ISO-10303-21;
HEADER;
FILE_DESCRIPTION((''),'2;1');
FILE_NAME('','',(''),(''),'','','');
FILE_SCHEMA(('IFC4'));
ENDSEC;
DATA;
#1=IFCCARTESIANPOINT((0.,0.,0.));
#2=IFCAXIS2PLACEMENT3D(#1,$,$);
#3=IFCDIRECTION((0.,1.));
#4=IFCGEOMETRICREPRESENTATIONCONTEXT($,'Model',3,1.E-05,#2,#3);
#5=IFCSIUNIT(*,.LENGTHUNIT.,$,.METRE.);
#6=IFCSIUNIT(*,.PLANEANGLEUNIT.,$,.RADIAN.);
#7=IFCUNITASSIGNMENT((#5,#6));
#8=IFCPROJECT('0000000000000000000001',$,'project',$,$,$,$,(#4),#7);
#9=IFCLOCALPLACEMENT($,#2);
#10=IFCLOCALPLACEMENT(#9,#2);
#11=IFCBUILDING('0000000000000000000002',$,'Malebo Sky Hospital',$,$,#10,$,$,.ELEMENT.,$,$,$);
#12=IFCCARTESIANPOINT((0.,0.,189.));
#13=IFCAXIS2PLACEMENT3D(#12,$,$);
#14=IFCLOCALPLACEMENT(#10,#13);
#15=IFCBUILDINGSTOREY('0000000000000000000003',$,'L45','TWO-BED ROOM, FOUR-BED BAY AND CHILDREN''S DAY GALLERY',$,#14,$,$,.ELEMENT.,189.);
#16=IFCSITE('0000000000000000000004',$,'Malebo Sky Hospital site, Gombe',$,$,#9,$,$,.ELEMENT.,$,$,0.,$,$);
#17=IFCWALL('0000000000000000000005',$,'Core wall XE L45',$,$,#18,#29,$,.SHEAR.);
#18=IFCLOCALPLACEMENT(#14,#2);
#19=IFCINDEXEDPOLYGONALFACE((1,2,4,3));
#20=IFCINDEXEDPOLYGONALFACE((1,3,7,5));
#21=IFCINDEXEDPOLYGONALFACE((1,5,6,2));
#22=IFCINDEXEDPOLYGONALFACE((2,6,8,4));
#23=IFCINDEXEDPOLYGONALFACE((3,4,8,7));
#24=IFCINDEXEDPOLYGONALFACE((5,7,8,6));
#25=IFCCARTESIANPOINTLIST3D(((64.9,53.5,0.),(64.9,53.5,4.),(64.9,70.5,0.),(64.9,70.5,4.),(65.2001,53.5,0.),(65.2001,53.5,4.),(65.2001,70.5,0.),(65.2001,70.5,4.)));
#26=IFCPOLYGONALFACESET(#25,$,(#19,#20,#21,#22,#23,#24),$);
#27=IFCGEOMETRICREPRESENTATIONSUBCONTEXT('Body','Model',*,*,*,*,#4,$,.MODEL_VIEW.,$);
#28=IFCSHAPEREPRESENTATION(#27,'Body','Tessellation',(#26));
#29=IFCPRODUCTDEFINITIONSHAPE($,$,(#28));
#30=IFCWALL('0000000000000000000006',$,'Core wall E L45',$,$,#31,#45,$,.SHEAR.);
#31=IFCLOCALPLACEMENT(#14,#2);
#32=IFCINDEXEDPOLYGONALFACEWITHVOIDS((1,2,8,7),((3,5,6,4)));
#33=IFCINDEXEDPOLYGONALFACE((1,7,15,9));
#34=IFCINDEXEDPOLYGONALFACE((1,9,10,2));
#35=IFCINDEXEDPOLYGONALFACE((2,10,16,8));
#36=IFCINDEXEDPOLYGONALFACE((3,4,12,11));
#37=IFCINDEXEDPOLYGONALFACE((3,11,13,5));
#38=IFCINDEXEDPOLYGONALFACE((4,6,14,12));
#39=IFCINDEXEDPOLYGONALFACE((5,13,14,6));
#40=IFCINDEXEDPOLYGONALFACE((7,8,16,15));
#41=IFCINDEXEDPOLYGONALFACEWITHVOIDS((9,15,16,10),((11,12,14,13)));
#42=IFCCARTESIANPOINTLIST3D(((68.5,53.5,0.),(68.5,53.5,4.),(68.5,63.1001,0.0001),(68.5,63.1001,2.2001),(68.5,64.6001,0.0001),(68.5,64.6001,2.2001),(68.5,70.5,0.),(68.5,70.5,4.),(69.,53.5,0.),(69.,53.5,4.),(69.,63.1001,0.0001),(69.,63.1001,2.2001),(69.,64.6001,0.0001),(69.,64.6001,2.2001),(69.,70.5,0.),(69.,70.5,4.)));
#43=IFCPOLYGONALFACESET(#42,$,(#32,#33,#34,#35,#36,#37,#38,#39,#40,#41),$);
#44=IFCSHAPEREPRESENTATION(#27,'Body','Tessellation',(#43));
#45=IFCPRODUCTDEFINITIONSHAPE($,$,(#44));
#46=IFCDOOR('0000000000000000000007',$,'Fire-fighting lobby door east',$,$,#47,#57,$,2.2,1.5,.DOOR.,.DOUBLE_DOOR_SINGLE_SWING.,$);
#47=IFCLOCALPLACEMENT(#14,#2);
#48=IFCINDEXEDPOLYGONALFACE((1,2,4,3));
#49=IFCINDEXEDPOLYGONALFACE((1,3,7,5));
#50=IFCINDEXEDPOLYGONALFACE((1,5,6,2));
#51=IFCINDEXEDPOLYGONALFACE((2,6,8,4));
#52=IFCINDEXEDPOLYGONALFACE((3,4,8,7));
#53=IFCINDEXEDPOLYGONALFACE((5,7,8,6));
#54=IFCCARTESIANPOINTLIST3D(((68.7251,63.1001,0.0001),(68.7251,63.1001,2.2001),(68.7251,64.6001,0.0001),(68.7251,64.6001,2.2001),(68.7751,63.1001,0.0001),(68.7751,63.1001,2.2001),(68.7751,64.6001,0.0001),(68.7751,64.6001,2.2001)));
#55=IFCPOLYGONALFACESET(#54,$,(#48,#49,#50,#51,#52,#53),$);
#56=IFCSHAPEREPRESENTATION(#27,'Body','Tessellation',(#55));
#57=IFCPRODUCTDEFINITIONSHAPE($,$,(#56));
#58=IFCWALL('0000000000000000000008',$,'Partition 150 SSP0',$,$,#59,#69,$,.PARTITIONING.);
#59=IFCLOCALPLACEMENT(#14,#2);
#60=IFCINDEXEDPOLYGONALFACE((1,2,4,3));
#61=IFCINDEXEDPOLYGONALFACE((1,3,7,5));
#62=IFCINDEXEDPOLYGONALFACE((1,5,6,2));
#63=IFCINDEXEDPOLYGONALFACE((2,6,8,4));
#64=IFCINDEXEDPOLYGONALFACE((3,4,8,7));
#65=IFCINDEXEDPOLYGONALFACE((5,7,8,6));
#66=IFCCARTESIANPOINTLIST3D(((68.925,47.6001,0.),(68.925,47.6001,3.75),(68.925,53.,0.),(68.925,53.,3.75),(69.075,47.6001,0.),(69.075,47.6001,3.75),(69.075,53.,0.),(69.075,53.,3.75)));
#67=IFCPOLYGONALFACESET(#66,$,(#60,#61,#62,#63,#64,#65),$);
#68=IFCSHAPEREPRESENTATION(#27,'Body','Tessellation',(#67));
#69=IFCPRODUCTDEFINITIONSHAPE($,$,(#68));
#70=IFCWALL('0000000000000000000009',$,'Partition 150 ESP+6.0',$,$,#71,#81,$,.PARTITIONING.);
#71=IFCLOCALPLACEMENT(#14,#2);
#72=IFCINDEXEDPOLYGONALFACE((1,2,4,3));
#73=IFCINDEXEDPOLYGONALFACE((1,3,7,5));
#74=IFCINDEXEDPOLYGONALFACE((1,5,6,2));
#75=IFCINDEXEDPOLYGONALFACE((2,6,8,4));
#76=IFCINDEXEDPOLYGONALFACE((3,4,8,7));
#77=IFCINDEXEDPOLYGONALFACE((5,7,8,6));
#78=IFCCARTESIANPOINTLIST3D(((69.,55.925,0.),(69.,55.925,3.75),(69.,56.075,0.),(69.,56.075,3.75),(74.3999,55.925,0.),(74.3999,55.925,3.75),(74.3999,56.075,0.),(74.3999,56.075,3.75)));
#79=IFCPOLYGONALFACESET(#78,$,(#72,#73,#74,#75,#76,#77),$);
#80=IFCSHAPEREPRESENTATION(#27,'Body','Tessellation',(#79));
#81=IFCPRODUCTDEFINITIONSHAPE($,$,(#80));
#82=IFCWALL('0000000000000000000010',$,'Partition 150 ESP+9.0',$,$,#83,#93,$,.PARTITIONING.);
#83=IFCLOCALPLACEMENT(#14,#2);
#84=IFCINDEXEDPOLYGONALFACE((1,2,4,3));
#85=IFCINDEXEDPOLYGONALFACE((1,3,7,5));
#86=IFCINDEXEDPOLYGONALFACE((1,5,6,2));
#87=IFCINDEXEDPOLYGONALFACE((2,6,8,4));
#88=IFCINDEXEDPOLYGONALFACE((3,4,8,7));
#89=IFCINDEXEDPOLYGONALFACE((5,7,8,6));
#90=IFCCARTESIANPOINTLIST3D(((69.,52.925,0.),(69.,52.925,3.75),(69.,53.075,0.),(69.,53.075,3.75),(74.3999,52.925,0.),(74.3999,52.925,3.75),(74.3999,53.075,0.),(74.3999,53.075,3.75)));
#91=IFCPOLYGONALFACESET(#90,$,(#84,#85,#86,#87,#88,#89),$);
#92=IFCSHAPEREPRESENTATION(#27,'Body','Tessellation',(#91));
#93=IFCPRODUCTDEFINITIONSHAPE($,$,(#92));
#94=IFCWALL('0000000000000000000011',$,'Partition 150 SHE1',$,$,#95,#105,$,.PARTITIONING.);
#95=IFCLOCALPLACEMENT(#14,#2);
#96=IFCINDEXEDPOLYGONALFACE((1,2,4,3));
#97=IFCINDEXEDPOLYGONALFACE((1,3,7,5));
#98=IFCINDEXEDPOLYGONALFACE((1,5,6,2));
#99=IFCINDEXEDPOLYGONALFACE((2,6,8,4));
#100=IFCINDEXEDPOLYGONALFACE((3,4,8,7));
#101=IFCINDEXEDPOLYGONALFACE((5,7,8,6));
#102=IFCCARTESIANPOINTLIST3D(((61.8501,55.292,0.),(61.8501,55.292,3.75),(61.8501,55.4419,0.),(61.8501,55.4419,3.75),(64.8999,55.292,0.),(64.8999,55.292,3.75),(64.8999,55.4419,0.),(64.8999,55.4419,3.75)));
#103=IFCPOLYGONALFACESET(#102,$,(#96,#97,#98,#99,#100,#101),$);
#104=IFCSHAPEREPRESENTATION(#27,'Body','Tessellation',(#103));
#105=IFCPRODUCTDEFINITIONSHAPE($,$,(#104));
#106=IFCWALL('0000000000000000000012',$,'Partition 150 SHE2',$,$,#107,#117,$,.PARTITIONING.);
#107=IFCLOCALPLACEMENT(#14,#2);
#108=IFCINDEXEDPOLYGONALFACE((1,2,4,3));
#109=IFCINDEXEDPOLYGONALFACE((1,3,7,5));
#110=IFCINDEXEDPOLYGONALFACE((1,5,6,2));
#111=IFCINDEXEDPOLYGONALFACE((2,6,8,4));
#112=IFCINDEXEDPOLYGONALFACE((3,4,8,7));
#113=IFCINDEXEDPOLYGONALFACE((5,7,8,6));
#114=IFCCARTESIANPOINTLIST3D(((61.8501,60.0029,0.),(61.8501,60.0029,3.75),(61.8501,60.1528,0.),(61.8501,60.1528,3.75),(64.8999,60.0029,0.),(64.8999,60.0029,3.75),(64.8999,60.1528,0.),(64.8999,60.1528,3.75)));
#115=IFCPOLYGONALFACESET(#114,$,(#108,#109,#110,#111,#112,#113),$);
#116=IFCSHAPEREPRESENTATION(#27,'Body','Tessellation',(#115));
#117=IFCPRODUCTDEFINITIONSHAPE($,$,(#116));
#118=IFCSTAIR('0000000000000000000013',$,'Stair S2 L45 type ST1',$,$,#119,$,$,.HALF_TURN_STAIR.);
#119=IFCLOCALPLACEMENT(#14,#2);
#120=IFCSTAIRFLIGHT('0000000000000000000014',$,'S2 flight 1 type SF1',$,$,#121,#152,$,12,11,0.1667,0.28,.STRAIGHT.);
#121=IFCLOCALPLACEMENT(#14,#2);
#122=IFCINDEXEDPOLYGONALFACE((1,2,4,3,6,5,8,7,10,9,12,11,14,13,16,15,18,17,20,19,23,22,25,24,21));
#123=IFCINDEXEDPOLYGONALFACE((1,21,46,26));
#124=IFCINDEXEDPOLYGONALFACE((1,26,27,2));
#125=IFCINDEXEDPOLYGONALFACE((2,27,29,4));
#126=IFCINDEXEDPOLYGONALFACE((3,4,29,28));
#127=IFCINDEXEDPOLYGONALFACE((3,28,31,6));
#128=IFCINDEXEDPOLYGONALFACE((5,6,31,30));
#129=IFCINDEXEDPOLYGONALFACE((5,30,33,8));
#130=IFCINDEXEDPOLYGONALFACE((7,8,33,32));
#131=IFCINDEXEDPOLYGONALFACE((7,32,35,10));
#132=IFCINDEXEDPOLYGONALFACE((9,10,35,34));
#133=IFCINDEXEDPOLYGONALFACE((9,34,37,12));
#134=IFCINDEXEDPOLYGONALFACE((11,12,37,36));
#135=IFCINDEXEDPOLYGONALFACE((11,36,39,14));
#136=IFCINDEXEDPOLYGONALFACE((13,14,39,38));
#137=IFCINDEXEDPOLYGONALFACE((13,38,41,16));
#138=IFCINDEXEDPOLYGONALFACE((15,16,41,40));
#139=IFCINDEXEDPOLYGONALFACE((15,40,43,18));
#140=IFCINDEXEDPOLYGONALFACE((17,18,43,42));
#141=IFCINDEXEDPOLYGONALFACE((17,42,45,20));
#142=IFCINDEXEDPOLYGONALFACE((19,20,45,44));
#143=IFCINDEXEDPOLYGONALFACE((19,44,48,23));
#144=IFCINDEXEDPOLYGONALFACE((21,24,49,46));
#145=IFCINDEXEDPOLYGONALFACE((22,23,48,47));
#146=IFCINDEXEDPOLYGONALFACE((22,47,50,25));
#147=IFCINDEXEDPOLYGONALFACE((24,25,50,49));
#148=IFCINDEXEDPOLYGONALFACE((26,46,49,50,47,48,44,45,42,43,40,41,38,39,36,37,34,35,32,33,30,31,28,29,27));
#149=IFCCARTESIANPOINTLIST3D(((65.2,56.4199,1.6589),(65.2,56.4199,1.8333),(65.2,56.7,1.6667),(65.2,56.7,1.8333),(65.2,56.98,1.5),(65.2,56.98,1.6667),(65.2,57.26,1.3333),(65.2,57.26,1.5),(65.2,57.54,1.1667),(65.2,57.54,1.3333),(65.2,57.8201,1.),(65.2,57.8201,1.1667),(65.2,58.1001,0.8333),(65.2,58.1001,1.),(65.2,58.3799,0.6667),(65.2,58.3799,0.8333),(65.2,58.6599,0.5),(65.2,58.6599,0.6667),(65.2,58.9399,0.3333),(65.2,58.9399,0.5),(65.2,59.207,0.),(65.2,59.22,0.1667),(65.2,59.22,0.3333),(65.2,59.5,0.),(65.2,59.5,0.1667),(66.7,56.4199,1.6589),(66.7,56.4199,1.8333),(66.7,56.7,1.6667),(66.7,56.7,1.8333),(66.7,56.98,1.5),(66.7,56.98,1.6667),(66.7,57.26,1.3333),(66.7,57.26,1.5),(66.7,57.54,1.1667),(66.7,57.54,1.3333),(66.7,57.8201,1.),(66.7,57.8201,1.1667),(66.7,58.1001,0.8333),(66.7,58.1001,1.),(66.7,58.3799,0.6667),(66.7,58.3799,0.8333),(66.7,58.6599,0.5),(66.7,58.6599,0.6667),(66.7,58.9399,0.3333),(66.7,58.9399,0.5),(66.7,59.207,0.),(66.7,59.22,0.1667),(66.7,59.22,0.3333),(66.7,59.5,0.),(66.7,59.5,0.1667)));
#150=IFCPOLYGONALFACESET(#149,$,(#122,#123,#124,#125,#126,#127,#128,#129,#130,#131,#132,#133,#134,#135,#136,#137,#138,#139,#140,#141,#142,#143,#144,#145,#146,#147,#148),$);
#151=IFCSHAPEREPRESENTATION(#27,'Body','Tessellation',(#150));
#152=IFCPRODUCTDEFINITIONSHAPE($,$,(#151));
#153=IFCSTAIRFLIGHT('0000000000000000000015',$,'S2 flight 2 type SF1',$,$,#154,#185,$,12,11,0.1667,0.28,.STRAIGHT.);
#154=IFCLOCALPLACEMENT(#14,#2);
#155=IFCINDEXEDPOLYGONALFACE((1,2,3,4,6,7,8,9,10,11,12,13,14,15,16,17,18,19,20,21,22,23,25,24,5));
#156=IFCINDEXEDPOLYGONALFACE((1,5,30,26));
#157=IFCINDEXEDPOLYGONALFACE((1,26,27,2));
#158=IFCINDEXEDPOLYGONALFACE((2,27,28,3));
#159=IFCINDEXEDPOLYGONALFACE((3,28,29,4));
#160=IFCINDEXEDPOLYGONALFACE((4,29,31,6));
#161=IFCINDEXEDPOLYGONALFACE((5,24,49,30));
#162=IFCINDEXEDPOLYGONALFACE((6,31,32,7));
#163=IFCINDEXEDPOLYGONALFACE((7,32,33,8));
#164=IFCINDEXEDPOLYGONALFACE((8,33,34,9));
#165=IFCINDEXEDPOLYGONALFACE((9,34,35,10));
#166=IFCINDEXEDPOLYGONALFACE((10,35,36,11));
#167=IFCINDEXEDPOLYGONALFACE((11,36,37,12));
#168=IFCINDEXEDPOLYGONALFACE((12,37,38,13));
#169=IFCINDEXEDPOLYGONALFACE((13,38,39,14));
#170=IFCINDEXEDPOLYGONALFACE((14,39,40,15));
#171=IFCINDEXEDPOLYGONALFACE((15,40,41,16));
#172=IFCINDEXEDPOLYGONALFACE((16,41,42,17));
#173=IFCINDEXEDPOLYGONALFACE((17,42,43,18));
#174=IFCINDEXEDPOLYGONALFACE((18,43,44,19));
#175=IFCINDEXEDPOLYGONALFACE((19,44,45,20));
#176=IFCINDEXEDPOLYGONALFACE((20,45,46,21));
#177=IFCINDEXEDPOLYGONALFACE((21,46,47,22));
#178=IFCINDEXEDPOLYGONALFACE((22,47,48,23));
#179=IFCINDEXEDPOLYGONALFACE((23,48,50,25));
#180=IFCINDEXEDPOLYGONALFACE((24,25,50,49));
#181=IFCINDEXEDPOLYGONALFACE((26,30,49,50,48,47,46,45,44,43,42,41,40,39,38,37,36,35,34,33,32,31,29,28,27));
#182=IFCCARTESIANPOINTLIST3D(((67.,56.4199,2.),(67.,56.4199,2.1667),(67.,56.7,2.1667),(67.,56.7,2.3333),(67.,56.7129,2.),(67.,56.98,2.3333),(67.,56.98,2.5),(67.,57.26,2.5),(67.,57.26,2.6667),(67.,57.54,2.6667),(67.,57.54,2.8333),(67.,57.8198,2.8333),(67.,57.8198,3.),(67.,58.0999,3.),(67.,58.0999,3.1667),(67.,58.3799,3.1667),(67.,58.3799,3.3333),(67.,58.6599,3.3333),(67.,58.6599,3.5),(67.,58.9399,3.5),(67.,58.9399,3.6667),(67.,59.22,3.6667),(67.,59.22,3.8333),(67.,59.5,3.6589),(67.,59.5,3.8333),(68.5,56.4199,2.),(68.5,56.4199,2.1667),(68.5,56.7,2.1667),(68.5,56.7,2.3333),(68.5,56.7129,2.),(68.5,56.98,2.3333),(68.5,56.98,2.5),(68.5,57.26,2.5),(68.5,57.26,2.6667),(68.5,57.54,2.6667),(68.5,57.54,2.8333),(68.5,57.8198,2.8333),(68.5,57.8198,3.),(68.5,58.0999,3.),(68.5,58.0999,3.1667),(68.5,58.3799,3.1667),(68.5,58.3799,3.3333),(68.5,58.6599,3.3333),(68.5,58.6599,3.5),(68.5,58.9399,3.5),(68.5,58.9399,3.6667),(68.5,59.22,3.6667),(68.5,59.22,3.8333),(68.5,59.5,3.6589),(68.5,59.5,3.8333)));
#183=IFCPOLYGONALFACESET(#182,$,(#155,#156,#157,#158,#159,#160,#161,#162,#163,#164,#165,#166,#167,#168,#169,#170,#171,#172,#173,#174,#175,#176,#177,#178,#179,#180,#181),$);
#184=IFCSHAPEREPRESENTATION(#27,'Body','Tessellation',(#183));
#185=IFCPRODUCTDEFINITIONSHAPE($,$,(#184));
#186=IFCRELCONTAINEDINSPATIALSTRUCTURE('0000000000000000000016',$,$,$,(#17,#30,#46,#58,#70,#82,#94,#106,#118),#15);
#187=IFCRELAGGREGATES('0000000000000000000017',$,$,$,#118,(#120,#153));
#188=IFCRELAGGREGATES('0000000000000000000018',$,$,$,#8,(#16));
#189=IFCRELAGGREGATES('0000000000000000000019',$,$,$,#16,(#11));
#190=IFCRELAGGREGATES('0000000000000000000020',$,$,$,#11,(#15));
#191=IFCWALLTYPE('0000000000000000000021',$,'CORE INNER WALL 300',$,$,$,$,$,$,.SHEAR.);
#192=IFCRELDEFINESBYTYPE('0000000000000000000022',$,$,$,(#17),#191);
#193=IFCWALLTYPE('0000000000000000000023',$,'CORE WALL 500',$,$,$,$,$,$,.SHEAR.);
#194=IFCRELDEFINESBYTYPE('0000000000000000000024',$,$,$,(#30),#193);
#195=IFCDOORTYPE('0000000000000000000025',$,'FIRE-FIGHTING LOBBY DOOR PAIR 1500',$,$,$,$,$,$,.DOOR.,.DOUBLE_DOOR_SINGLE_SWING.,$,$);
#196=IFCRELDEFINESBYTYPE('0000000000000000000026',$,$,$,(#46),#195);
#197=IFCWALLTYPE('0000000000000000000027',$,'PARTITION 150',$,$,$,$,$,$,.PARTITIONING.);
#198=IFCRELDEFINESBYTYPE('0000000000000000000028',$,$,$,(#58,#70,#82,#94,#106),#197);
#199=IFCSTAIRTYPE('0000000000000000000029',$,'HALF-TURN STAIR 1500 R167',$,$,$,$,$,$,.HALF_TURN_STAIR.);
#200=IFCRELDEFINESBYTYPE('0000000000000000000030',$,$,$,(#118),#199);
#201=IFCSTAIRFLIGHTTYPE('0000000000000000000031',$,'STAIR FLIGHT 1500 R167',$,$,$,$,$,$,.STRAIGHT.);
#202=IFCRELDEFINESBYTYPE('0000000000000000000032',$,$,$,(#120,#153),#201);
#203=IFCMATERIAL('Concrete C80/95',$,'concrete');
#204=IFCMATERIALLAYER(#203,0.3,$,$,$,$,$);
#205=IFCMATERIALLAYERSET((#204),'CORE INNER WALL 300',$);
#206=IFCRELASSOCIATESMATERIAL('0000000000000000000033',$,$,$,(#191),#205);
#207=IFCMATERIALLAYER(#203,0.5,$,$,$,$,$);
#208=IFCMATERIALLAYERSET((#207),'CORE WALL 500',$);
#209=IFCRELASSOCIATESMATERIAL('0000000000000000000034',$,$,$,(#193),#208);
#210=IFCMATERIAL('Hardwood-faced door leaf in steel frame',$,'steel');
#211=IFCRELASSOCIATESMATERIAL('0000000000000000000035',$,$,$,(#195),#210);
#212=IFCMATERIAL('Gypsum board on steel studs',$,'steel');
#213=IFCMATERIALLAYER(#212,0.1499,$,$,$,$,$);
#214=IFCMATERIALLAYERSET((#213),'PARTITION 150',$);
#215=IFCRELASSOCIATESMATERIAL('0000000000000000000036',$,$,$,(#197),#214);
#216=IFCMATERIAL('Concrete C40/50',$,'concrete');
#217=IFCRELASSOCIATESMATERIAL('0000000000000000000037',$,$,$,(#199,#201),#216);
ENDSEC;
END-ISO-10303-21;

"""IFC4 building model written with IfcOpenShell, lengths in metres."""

from ifc_helpers import new_model, si_unit, direction, frame, frame_2d, origin, place, context, subcontext, project, spatial, polyline, rectangle, outline, extrude, material, layer, layer_set, type_object, element, fill, aggregate, save


model = new_model("IFC4")

# Units and contexts
model_context = context("Model", 3, precision=1e-05, world=origin(), true_north=direction((0.0, 1.0)))
body_context = subcontext(model_context, "Body", "Model", "MODEL_VIEW")
ifc_project = project(units=[si_unit("LENGTHUNIT", "METRE"), si_unit("PLANEANGLEUNIT", "RADIAN")], contexts=[model_context])

# Site, building, storey
site_placement = place(None, origin())
site = spatial("IfcSite", under=ifc_project, at=site_placement, Name="Malebo Sky Hospital site, Gombe", CompositionType="ELEMENT", RefElevation=0.0)
building_placement = place(site_placement, origin())
building = spatial("IfcBuilding", under=site, at=building_placement, Name="Malebo Sky Hospital", CompositionType="ELEMENT")
storey_placement = place(building_placement, frame((0.0, 0.0, 189.0)))
storey = spatial("IfcBuildingStorey", under=building, at=storey_placement, Name="L45", Description="TWO-BED ROOM, FOUR-BED BAY AND CHILDREN'S DAY GALLERY", CompositionType="ELEMENT", Elevation=189.0)

# Shared definitions
ifc_material_1 = material(Name="Concrete C80/95", Category="concrete")
ifc_material_2 = material(Name="Hardwood-faced door leaf in steel frame", Category="steel")

# Wall
ifc_layer_1 = layer(ifc_material_1, 0.3)
ifc_layer_set_1 = layer_set([ifc_layer_1], Name="CORE INNER WALL 300")
wall_type_1 = type_object("IfcWallType", Name="CORE INNER WALL 300", PredefinedType="SHEAR", material=ifc_layer_set_1)
wall_1_placement = place(storey_placement, frame((65.05, 53.5, 0.0), z_axis=(0.0, 0.0, 1.0), x_axis=(0.0, 1.0, 0.0)))
element("IfcWall", 1, at=wall_1_placement, inside=storey, type_object=wall_type_1, Name="Core wall XE L45", PredefinedType="SHEAR", context=body_context, shape_type="SweptSolid", body=[
    extrude(rectangle(XDim=17.0, YDim=0.3, at=frame_2d((8.5, 0.0))), origin(), (0.0, 0.0, 1.0), 4.0),
])

# Wall, opening, door
ifc_layer_2 = layer(ifc_material_1, 0.5)
ifc_layer_set_2 = layer_set([ifc_layer_2], Name="CORE WALL 500")
wall_type_2 = type_object("IfcWallType", Name="CORE WALL 500", PredefinedType="SHEAR", material=ifc_layer_set_2)
wall_2_placement = place(storey_placement, frame((68.75, 53.5, 0.0), z_axis=(0.0, 0.0, 1.0), x_axis=(0.0, 1.0, 0.0)))
wall_2 = element("IfcWall", 2, at=wall_2_placement, inside=storey, type_object=wall_type_2, Name="Core wall E L45", PredefinedType="SHEAR", context=body_context, shape_type="SweptSolid", body=[
    extrude(rectangle(XDim=17.0, YDim=0.5, at=frame_2d((8.5, 0.0))), origin(), (0.0, 0.0, 1.0), 4.0),
])
opening_1_placement = place(wall_2_placement, frame((9.6001, 0.0, 0.0)))
opening_1 = element("IfcOpeningElement", 3, at=opening_1_placement, cuts=wall_2, PredefinedType="OPENING", context=body_context, shape_type="SweptSolid", body=[
    extrude(rectangle(XDim=1.5, YDim=2.2, at=frame_2d((0.75, 1.1001))), frame((0.0, 0.26, 0.0), z_axis=(0.0, -1.0, 0.0), x_axis=(1.0, 0.0, 0.0)), (0.0, 0.0, 1.0), 0.52),
])
door_type_1 = type_object("IfcDoorType", Name="FIRE-FIGHTING LOBBY DOOR PAIR 1500", OperationType="DOUBLE_DOOR_SINGLE_SWING", PredefinedType="DOOR", material=ifc_material_2)
door_1_placement = place(opening_1_placement, origin())
door_1 = element("IfcDoor", 4, at=door_1_placement, inside=storey, type_object=door_type_1, Name="Fire-fighting lobby door east", OperationType="DOUBLE_DOOR_SINGLE_SWING", OverallHeight=2.2, OverallWidth=1.5, PredefinedType="DOOR", context=body_context, shape_type="SweptSolid", body=[
    extrude(rectangle(XDim=1.5, YDim=2.2, at=frame_2d((0.75, 1.1001))), frame((0.0, 0.0249, 0.0), z_axis=(0.0, -1.0, 0.0), x_axis=(1.0, 0.0, 0.0)), (0.0, 0.0, 1.0), 0.05),
])
fill(opening_1, door_1)

# Walls
ifc_material_3 = material(Name="Gypsum board on steel studs", Category="steel")
ifc_layer_3 = layer(ifc_material_3, 0.1499)
ifc_layer_set_3 = layer_set([ifc_layer_3], Name="PARTITION 150")
wall_type_3 = type_object("IfcWallType", Name="PARTITION 150", PredefinedType="PARTITIONING", material=ifc_layer_set_3)
for number, where, z_axis, x_axis, name in (
    (5, (69.0, 53.0, 0.0), (0.0, 0.0, 1.0), (0.0, -1.0, 0.0), "Partition 150 SSP0"),
    (6, (69.0, 56.0, 0.0), (0.0, 0.0, 1.0), (1.0, 0.0, 0.0), "Partition 150 ESP+6.0"),
    (7, (69.0, 53.0, 0.0), (0.0, 0.0, 1.0), (1.0, 0.0, 0.0), "Partition 150 ESP+9.0"),
):
    element("IfcWall", number, at=place(storey_placement, frame(where, z_axis=z_axis, x_axis=x_axis)), inside=storey, type_object=wall_type_3, Name=name, PredefinedType="PARTITIONING", context=body_context, shape_type="SweptSolid", body=[
        extrude(rectangle(XDim=5.3999, YDim=0.1499, at=frame_2d((2.7, 0.0))), origin(), (0.0, 0.0, 1.0), 3.75),
    ])
for number, where, z_axis, x_axis, name in (
    (8, (61.8501, 55.3669, 0.0), (0.0, 0.0, 1.0), (1.0, 0.0, 0.0), "Partition 150 SHE1"),
    (9, (61.8501, 60.0779, 0.0), (0.0, 0.0, 1.0), (1.0, 0.0, 0.0), "Partition 150 SHE2"),
):
    element("IfcWall", number, at=place(storey_placement, frame(where, z_axis=z_axis, x_axis=x_axis)), inside=storey, type_object=wall_type_3, Name=name, PredefinedType="PARTITIONING", context=body_context, shape_type="SweptSolid", body=[
        extrude(rectangle(XDim=3.0498, YDim=0.1499, at=frame_2d((1.5249, 0.0))), origin(), (0.0, 0.0, 1.0), 3.75),
    ])

# Stair, stair flights
ifc_material_4 = material(Name="Concrete C40/50", Category="concrete")
stair_type = type_object("IfcStairType", Name="HALF-TURN STAIR 1500 R167", PredefinedType="HALF_TURN_STAIR", material=ifc_material_4)
stair_placement = place(storey_placement, origin())
stair = element("IfcStair", 10, at=stair_placement, inside=storey, type_object=stair_type, Name="Stair S2 L45 type ST1", PredefinedType="HALF_TURN_STAIR")
stair_flight_type = type_object("IfcStairFlightType", Name="STAIR FLIGHT 1500 R167", PredefinedType="STRAIGHT", material=ifc_material_4)
stair_flight_1_placement = place(storey_placement, frame((65.95, 59.5, 0.0), z_axis=(0.0, 0.0, 1.0), x_axis=(0.0, -1.0, 0.0)))
stair_flight_1 = element("IfcStairFlight", 11, at=stair_flight_1_placement, type_object=stair_flight_type, Name="S2 flight 1 type SF1", NumberOfRisers=12, NumberOfTreads=11, PredefinedType="STRAIGHT", RiserHeight=0.1667, TreadLength=0.28, context=body_context, shape_type="SweptSolid", body=[
    extrude(outline(polyline([(0.0, 0.0), (0.0, 0.1667), (0.28, 0.1667), (0.28, 0.3333), (0.5601, 0.3333), (0.5601, 0.5), (0.8401, 0.5), (0.8401, 0.6667), (1.1201, 0.6667), (1.1201, 0.8333), (1.3999, 0.8333), (1.3999, 1.0), (1.6799, 1.0), (1.6799, 1.1667), (1.96, 1.1667), (1.96, 1.3333), (2.24, 1.3333), (2.24, 1.5), (2.52, 1.5), (2.52, 1.6667), (2.8, 1.6667), (2.8, 1.8333), (3.0801, 1.8333), (3.0801, 2.0), (3.0801, 1.6589), (0.293, 0.0), (0.0, 0.0)])), frame((0.0, 0.75, 0.0), z_axis=(0.0, -1.0, 0.0), x_axis=(1.0, 0.0, 0.0)), (0.0, 0.0, 1.0), 1.5),
])
stair_flight_2_placement = place(storey_placement, frame((67.75, 56.4199, 2.0), z_axis=(0.0, 0.0, 1.0), x_axis=(0.0, 1.0, 0.0)))
stair_flight_2 = element("IfcStairFlight", 12, at=stair_flight_2_placement, type_object=stair_flight_type, Name="S2 flight 2 type SF1", NumberOfRisers=12, NumberOfTreads=11, PredefinedType="STRAIGHT", RiserHeight=0.1667, TreadLength=0.28, context=body_context, shape_type="SweptSolid", body=[
    extrude(outline(polyline([(0.0, 0.0), (0.0, 0.1667), (0.28, 0.1667), (0.28, 0.3333), (0.5601, 0.3333), (0.5601, 0.5), (0.8401, 0.5), (0.8401, 0.6667), (1.1201, 0.6667), (1.1201, 0.8333), (1.3999, 0.8333), (1.3999, 1.0), (1.6799, 1.0), (1.6799, 1.1667), (1.96, 1.1667), (1.96, 1.3333), (2.24, 1.3333), (2.24, 1.5), (2.52, 1.5), (2.52, 1.6667), (2.8, 1.6667), (2.8, 1.8333), (3.0801, 1.8333), (3.0801, 2.0), (3.0801, 1.6589), (0.293, 0.0), (0.0, 0.0)])), frame((0.0, 0.75, 0.0), z_axis=(0.0, -1.0, 0.0), x_axis=(1.0, 0.0, 0.0)), (0.0, 0.0, 1.0), 1.5),
])
aggregate(stair, [stair_flight_1, stair_flight_2])

save(model, "model.ifc")
